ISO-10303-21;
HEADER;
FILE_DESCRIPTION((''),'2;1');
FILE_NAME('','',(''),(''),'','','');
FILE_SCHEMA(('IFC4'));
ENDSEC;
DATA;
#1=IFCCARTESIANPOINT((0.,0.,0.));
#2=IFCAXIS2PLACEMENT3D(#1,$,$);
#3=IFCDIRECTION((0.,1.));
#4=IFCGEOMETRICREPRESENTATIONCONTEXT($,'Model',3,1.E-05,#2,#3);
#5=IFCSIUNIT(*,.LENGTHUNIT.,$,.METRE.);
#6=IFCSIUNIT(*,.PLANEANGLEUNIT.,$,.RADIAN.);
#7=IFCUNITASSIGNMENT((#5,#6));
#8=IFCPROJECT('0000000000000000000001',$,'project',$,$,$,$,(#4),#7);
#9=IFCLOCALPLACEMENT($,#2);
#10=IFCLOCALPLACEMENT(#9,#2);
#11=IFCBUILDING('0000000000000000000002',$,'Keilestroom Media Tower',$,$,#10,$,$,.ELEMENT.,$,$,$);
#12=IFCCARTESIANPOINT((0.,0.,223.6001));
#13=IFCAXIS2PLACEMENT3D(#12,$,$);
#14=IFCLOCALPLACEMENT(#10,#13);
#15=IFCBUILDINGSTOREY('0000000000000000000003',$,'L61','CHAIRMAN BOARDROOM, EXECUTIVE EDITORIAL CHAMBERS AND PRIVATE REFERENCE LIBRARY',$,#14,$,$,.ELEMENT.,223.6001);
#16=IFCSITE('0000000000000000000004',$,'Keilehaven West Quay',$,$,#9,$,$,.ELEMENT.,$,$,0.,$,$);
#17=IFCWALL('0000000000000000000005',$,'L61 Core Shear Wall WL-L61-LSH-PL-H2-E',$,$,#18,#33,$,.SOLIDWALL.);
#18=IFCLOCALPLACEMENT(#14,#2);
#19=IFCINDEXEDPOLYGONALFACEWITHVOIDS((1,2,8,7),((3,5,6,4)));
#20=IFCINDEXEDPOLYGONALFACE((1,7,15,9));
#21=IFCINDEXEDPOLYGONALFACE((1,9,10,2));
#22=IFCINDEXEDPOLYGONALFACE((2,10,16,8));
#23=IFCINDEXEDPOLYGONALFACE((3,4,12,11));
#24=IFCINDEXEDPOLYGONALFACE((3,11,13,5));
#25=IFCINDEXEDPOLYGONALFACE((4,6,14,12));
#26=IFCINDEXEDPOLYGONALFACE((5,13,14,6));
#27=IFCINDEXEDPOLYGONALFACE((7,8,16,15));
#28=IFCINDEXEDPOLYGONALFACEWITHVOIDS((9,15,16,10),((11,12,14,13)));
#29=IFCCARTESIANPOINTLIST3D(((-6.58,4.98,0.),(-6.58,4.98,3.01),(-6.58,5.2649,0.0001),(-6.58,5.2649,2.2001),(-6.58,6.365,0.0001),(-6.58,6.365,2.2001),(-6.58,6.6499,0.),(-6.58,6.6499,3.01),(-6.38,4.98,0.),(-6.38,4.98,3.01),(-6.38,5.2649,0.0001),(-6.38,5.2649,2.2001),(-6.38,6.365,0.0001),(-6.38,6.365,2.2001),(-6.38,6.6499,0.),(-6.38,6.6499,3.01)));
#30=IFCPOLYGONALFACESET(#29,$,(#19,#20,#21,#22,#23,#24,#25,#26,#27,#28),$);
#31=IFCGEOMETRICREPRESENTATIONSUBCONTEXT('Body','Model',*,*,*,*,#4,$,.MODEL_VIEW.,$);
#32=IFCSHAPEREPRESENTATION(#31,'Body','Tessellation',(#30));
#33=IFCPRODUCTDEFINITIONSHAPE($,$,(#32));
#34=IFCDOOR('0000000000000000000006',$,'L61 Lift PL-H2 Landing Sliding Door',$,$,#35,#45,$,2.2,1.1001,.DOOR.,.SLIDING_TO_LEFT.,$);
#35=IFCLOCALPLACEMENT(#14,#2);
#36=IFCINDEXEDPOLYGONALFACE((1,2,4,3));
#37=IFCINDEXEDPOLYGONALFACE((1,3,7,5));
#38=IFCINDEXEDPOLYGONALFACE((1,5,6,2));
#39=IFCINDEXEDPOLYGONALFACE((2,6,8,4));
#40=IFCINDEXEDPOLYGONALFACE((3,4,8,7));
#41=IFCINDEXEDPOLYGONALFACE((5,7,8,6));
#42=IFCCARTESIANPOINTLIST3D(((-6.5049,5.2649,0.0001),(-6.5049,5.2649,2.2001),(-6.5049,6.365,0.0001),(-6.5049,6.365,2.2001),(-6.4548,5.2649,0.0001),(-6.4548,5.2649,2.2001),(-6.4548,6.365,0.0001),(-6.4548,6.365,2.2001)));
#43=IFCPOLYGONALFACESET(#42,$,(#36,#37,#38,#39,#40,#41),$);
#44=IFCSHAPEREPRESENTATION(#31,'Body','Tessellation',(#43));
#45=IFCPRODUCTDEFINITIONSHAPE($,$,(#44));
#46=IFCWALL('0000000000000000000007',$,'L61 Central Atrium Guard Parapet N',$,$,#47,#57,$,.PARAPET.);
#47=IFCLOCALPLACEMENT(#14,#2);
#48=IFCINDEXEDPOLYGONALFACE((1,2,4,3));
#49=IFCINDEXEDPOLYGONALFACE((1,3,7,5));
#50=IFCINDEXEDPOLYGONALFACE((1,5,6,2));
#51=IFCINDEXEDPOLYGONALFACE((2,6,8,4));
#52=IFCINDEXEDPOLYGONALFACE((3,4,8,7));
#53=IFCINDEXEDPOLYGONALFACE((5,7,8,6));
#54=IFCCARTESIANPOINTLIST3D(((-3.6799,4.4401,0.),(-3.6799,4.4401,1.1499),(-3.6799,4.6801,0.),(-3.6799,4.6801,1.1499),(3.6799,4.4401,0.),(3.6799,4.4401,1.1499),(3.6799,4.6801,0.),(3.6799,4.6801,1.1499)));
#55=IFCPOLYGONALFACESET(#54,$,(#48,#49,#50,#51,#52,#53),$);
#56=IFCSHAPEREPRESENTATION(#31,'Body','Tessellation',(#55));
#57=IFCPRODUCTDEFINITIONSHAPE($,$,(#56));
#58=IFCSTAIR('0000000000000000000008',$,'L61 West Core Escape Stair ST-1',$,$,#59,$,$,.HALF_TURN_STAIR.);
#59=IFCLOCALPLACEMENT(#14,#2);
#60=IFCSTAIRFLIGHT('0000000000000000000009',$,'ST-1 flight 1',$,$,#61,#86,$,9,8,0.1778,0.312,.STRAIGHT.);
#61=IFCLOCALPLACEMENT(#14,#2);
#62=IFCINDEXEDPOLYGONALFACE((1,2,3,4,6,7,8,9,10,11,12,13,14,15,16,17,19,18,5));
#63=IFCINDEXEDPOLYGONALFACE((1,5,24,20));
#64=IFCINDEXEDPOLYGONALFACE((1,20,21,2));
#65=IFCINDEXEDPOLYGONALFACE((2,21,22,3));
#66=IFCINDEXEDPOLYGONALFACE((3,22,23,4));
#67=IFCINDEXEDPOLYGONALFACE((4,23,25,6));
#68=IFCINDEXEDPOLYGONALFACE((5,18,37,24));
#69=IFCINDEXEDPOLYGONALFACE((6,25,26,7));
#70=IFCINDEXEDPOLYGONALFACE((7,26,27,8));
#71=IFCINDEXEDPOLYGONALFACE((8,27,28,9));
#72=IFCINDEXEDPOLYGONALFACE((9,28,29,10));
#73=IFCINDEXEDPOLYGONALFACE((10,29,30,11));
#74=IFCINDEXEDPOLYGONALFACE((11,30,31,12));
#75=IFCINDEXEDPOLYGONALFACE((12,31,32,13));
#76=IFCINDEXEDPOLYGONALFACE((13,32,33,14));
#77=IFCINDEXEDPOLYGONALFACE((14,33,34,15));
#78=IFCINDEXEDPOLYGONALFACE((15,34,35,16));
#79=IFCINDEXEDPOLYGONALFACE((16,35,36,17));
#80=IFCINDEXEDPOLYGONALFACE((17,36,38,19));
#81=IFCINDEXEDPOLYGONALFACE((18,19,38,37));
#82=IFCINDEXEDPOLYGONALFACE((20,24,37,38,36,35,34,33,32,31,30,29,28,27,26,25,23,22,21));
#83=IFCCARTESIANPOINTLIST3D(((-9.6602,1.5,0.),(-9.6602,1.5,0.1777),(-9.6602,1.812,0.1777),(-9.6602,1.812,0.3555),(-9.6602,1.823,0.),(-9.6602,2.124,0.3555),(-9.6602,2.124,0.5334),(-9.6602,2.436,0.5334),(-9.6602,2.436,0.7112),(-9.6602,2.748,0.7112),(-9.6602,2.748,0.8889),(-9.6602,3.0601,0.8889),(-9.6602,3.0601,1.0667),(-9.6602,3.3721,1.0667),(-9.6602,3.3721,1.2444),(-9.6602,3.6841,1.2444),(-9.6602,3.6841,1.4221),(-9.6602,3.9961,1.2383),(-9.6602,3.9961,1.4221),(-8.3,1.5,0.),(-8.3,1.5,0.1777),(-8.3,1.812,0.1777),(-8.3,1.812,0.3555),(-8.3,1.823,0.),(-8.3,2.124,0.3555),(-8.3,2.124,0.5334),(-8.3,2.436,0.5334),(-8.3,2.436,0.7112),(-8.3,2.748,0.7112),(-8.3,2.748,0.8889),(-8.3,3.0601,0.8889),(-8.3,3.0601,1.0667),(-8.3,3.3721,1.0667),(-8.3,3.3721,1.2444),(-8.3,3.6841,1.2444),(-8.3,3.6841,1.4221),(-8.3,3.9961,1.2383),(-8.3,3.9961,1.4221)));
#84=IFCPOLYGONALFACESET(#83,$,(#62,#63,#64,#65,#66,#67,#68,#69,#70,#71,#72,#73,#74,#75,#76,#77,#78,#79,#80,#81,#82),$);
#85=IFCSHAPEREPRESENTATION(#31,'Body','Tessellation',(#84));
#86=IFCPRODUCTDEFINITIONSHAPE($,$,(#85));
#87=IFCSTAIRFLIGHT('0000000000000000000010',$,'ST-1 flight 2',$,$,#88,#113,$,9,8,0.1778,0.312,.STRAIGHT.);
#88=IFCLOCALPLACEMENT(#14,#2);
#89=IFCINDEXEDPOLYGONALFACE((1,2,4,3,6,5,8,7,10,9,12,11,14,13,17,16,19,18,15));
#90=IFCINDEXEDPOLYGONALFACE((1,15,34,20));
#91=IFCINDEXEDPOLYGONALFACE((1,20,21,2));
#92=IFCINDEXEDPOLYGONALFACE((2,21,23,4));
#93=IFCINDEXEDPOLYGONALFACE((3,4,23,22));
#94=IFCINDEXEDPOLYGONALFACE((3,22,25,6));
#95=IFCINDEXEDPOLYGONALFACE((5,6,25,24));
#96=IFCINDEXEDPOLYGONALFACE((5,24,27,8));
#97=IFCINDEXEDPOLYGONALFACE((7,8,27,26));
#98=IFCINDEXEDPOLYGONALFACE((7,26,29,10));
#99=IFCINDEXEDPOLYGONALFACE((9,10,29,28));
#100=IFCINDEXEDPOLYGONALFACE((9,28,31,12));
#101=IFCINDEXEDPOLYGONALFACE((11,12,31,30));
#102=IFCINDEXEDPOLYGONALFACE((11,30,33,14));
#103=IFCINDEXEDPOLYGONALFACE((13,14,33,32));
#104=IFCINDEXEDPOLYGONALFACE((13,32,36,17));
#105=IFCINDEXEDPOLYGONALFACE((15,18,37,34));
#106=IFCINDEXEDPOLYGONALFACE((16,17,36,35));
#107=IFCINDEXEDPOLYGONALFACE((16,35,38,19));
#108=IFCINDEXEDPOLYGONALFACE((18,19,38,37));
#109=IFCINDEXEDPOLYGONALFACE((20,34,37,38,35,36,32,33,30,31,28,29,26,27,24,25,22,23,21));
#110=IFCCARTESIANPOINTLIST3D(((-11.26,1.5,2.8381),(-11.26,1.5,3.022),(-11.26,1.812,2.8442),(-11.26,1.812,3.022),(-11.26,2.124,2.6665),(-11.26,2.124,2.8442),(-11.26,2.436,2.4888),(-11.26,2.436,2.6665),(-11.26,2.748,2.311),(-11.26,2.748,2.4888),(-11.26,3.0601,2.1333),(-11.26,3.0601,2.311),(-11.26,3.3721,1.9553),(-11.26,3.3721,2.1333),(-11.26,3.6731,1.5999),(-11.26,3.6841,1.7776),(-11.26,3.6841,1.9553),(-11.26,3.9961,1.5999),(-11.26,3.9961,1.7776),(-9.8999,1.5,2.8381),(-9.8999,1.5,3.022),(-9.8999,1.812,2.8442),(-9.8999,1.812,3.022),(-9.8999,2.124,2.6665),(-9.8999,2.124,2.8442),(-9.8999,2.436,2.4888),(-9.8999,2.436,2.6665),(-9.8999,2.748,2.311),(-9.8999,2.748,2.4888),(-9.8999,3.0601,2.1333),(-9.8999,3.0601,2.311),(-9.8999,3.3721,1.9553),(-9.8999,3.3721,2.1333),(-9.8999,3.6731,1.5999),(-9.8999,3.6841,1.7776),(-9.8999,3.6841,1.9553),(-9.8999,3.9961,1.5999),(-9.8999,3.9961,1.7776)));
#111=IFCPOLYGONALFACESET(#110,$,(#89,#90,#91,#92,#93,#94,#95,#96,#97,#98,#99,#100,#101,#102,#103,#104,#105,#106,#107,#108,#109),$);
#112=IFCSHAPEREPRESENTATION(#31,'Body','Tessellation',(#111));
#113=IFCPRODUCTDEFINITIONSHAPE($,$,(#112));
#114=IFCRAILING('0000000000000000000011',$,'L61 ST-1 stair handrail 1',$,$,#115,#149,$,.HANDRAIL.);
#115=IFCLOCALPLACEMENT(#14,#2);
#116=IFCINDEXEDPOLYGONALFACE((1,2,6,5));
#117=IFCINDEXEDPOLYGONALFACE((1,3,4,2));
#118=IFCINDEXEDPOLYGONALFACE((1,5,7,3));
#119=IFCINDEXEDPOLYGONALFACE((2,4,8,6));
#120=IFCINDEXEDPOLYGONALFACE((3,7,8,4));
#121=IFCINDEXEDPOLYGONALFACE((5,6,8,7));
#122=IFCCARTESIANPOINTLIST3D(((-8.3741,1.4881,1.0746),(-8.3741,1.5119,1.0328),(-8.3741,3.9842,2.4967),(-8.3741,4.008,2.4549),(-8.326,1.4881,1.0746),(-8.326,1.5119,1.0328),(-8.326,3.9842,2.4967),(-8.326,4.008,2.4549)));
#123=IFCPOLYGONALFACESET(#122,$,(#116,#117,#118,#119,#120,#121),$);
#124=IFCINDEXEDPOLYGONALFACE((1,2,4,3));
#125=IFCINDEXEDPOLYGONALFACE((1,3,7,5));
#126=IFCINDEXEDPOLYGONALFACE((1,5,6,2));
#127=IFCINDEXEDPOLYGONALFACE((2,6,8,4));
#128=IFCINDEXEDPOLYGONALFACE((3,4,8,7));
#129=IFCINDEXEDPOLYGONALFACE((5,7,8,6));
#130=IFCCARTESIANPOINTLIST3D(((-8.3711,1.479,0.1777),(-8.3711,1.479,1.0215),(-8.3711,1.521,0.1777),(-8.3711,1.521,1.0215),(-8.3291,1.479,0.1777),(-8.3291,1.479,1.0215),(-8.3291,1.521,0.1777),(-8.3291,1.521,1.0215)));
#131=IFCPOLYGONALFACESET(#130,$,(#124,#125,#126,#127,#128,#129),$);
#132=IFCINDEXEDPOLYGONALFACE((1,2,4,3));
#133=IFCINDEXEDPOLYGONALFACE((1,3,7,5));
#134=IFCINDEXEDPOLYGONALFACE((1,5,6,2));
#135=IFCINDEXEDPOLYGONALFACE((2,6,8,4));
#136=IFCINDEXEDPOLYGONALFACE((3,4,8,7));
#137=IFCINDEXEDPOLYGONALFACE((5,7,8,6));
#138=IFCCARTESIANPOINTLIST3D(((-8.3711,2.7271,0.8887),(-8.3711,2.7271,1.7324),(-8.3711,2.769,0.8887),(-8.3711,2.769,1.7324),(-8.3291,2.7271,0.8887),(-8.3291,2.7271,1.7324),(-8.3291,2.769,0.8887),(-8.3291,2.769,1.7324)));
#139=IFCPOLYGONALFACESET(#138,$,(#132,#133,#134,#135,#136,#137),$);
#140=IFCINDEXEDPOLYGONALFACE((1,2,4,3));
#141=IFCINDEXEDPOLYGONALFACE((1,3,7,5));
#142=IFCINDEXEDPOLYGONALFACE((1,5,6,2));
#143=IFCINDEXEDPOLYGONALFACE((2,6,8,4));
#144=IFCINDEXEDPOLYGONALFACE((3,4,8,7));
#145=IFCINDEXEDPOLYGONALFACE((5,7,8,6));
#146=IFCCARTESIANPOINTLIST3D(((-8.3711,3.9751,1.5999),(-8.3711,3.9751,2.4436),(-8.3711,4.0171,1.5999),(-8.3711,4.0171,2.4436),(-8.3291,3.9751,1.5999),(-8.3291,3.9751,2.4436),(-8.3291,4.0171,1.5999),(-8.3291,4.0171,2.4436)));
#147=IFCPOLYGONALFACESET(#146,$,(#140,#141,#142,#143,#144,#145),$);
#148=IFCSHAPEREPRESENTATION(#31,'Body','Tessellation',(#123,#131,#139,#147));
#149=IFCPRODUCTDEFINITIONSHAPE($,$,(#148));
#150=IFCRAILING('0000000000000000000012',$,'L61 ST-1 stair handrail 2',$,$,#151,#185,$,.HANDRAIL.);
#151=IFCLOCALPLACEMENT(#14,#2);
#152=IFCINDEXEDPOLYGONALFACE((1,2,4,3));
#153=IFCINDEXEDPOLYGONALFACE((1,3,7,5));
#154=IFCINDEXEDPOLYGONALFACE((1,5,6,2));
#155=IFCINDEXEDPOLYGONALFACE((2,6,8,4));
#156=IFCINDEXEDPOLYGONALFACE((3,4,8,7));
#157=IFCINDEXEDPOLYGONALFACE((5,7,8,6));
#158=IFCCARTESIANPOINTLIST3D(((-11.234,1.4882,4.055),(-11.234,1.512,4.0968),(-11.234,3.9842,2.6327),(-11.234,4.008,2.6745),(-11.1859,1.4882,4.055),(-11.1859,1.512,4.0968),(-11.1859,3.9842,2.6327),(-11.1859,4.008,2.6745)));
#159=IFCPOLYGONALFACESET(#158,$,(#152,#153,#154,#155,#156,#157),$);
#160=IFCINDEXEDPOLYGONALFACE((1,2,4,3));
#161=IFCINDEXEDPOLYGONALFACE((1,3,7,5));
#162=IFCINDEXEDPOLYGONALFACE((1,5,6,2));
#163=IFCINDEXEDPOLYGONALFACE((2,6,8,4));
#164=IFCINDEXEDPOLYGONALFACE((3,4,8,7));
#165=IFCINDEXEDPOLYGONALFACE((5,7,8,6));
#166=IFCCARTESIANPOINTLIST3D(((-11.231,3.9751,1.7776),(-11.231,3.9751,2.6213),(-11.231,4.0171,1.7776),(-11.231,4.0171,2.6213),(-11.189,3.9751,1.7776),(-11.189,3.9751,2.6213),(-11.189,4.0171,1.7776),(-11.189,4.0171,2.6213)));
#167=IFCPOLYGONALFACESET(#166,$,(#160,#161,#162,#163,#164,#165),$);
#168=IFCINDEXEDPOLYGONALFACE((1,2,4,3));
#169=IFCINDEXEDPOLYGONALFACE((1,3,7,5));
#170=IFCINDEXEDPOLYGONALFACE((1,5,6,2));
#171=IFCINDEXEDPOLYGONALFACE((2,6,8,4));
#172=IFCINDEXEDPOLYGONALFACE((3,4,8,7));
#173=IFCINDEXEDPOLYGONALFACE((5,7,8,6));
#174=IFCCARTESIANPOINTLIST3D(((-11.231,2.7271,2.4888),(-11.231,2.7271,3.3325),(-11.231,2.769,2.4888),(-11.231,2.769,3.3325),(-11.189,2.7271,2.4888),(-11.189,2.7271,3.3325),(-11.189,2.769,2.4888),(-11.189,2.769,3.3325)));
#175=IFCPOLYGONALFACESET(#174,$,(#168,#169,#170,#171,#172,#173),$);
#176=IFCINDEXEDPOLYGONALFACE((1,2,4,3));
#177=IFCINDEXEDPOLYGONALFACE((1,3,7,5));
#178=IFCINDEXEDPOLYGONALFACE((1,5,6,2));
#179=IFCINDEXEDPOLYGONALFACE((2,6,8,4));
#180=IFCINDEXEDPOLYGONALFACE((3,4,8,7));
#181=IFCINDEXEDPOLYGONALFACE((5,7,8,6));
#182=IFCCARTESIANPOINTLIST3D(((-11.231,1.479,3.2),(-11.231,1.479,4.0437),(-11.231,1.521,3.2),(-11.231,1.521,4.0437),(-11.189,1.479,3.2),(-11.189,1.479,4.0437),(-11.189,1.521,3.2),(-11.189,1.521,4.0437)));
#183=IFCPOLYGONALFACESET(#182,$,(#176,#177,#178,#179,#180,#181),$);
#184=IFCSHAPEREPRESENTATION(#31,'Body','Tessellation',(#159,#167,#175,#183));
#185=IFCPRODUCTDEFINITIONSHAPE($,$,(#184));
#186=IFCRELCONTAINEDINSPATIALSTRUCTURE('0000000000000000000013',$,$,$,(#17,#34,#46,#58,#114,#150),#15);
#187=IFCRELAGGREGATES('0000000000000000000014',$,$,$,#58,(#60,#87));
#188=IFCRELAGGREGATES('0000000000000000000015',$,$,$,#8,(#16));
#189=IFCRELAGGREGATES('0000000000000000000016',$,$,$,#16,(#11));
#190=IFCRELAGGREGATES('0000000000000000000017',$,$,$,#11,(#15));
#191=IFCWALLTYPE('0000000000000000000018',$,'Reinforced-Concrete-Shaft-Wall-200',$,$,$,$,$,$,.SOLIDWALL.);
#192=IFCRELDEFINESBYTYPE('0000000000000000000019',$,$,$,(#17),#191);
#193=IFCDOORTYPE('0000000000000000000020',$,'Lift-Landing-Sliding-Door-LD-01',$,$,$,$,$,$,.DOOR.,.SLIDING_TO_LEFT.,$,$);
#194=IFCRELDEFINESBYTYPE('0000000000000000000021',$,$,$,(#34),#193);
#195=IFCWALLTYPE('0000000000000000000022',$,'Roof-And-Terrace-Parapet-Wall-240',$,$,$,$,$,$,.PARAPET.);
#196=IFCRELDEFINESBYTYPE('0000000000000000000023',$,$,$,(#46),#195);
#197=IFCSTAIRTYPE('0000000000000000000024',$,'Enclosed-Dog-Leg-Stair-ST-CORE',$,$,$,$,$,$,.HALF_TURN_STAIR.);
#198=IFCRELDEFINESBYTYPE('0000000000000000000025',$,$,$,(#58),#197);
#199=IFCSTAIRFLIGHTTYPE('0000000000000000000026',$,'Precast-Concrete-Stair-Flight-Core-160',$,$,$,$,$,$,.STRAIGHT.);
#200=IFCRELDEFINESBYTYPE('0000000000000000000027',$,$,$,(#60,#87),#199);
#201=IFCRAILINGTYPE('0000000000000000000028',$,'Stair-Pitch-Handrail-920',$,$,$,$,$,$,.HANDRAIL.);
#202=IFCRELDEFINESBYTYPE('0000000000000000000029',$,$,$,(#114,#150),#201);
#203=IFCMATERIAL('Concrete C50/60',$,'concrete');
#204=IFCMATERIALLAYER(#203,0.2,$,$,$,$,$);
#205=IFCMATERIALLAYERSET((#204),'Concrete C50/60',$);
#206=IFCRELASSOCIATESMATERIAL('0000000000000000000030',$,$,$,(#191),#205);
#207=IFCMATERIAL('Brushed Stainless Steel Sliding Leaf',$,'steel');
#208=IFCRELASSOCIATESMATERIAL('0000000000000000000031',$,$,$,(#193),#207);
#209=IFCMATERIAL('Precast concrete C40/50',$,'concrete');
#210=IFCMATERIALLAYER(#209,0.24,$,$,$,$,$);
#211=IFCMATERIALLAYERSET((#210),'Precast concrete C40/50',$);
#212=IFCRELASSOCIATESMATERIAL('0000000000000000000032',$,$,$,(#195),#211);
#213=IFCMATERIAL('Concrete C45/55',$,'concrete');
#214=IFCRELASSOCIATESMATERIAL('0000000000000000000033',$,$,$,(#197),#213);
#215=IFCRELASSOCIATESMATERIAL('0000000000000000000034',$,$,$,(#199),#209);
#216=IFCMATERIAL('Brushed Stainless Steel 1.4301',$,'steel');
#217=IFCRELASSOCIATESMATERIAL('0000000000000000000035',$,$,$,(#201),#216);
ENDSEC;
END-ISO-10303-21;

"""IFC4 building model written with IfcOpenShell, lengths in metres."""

from ifc_helpers import new_model, si_unit, direction, frame, frame_2d, origin, origin_2d, place, context, subcontext, project, spatial, polyline, rectangle, outline, extrude, source, transform, mapped, material, layer, layer_set, type_object, element, fill, aggregate, save


model = new_model("IFC4")

# Units and contexts
model_context = context("Model", 3, precision=1e-05, world=origin(), true_north=direction((0.0, 1.0)))
body_context = subcontext(model_context, "Body", "Model", "MODEL_VIEW")
ifc_project = project(units=[si_unit("LENGTHUNIT", "METRE"), si_unit("PLANEANGLEUNIT", "RADIAN")], contexts=[model_context])

# Site, building, storey
site_placement = place(None, origin())
site = spatial("IfcSite", under=ifc_project, at=site_placement, Name="Keilehaven West Quay", CompositionType="ELEMENT", RefElevation=0.0)
building_placement = place(site_placement, origin())
building = spatial("IfcBuilding", under=site, at=building_placement, Name="Keilestroom Media Tower", CompositionType="ELEMENT")
storey_placement = place(building_placement, frame((0.0, 0.0, 223.6001)))
storey = spatial("IfcBuildingStorey", under=building, at=storey_placement, Name="L61", Description="CHAIRMAN BOARDROOM, EXECUTIVE EDITORIAL CHAMBERS AND PRIVATE REFERENCE LIBRARY", CompositionType="ELEMENT", Elevation=223.6001)

# Shared definitions
ifc_material_1 = material(Name="Concrete C50/60", Category="concrete")
ifc_layer_1 = layer(ifc_material_1, 0.2)
ifc_layer_set_1 = layer_set([ifc_layer_1], Name="Concrete C50/60")
wall_type_1 = type_object("IfcWallType", Name="Reinforced-Concrete-Shaft-Wall-200", PredefinedType="SOLIDWALL", material=ifc_layer_set_1)

# Shared definitions
ifc_material_2 = material(Name="Brushed Stainless Steel Sliding Leaf", Category="steel")
door_type = type_object("IfcDoorType", Name="Lift-Landing-Sliding-Door-LD-01", OperationType="SLIDING_TO_LEFT", PredefinedType="DOOR", material=ifc_material_2)
shared_shape_1 = source(origin(), body_context, "Body", "SweptSolid", [
    extrude(rectangle(XDim=1.1001, YDim=2.2, at=frame_2d((0.55, 1.1001))), frame((0.0, 0.0249, 0.0), z_axis=(0.0, -1.0, 0.0), x_axis=(1.0, 0.0, 0.0)), (0.0, 0.0, 1.0), 0.05),
])

# Wall, opening, door
wall_1_placement = place(storey_placement, frame((-6.48, 4.98, 0.0), z_axis=(0.0, 0.0, 1.0), x_axis=(0.0, 1.0, 0.0)))
wall_1 = element("IfcWall", 1, at=wall_1_placement, inside=storey, type_object=wall_type_1, Name="L61 Core Shear Wall WL-L61-LSH-PL-H2-E", PredefinedType="SOLIDWALL", context=body_context, shape_type="SweptSolid", body=[
    extrude(rectangle(XDim=1.6699, YDim=0.2, at=frame_2d((0.835, 0.0))), origin(), (0.0, 0.0, 1.0), 3.01),
])
opening_1_placement = place(wall_1_placement, frame((0.2849, 0.0, 0.0)))
opening_1 = element("IfcOpeningElement", 2, at=opening_1_placement, cuts=wall_1, PredefinedType="OPENING", context=body_context, shape_type="SweptSolid", body=[
    extrude(rectangle(XDim=1.1001, YDim=2.2, at=frame_2d((0.55, 1.1001))), frame((0.0, 0.1099, 0.0), z_axis=(0.0, -1.0, 0.0), x_axis=(1.0, 0.0, 0.0)), (0.0, 0.0, 1.0), 0.22),
])
door_1_placement = place(opening_1_placement, origin())
door_1 = element("IfcDoor", 3, at=door_1_placement, inside=storey, type_object=door_type, Name="L61 Lift PL-H2 Landing Sliding Door", OperationType="SLIDING_TO_LEFT", OverallHeight=2.2, OverallWidth=1.1001, PredefinedType="DOOR", context=body_context, shape_type="MappedRepresentation", body=[
    mapped(shared_shape_1, transform((0.0, 0.0, 0.0), x_axis=(1.0, 0.0, 0.0), y_axis=(0.0, 1.0, 0.0), z_axis=(0.0, 0.0, 1.0), scale=1.0)),
])
fill(opening_1, door_1)

# Wall
ifc_material_3 = material(Name="Precast concrete C40/50", Category="concrete")
ifc_layer_2 = layer(ifc_material_3, 0.24)
ifc_layer_set_2 = layer_set([ifc_layer_2], Name="Precast concrete C40/50")
wall_type_2 = type_object("IfcWallType", Name="Roof-And-Terrace-Parapet-Wall-240", PredefinedType="PARAPET", material=ifc_layer_set_2)
wall_2_placement = place(storey_placement, frame((-3.6799, 4.5601, 0.0), z_axis=(0.0, 0.0, 1.0), x_axis=(1.0, 0.0, 0.0)))
element("IfcWall", 4, at=wall_2_placement, inside=storey, type_object=wall_type_2, Name="L61 Central Atrium Guard Parapet N", PredefinedType="PARAPET", context=body_context, shape_type="SweptSolid", body=[
    extrude(rectangle(XDim=7.3599, YDim=0.24, at=frame_2d((3.6799, 0.0))), origin(), (0.0, 0.0, 1.0), 1.1499),
])

# Stair, stair flights
ifc_material_4 = material(Name="Concrete C45/55", Category="concrete")
stair_type = type_object("IfcStairType", Name="Enclosed-Dog-Leg-Stair-ST-CORE", PredefinedType="HALF_TURN_STAIR", material=ifc_material_4)
stair_placement = place(storey_placement, origin())
stair = element("IfcStair", 5, at=stair_placement, inside=storey, type_object=stair_type, Name="L61 West Core Escape Stair ST-1", PredefinedType="HALF_TURN_STAIR")
stair_flight_type = type_object("IfcStairFlightType", Name="Precast-Concrete-Stair-Flight-Core-160", PredefinedType="STRAIGHT", material=ifc_material_3)
stair_flight_1_placement = place(storey_placement, frame((-8.98, 1.5, 0.0), z_axis=(0.0, 0.0, 1.0), x_axis=(0.0, 1.0, 0.0)))
stair_flight_1 = element("IfcStairFlight", 6, at=stair_flight_1_placement, type_object=stair_flight_type, Name="ST-1 flight 1", NumberOfRisers=9, NumberOfTreads=8, PredefinedType="STRAIGHT", RiserHeight=0.1778, TreadLength=0.312, context=body_context, shape_type="SweptSolid", body=[
    extrude(outline(polyline([(0.0, 0.0), (0.0, 0.1777), (0.312, 0.1777), (0.312, 0.3555), (0.624, 0.3555), (0.624, 0.5334), (0.936, 0.5334), (0.936, 0.7112), (1.248, 0.7112), (1.248, 0.8889), (1.5601, 0.8889), (1.5601, 1.0667), (1.8721, 1.0667), (1.8721, 1.2444), (2.1841, 1.2444), (2.1841, 1.4221), (2.4961, 1.4221), (2.4961, 1.6001), (2.4961, 1.2383), (0.323, 0.0), (0.0, 0.0)])), frame((0.0, 0.6802, 0.0), z_axis=(0.0, -1.0, 0.0), x_axis=(1.0, 0.0, 0.0)), (0.0, 0.0, 1.0), 1.3601),
])
stair_flight_2_placement = place(storey_placement, frame((-10.5801, 3.9961, 1.5999), z_axis=(0.0, 0.0, 1.0), x_axis=(0.0, -1.0, 0.0)))
stair_flight_2 = element("IfcStairFlight", 7, at=stair_flight_2_placement, type_object=stair_flight_type, Name="ST-1 flight 2", NumberOfRisers=9, NumberOfTreads=8, PredefinedType="STRAIGHT", RiserHeight=0.1778, TreadLength=0.312, context=body_context, shape_type="SweptSolid", body=[
    extrude(outline(polyline([(0.0, 0.0), (0.0, 0.1777), (0.312, 0.1777), (0.312, 0.3555), (0.624, 0.3555), (0.624, 0.5334), (0.936, 0.5334), (0.936, 0.7112), (1.248, 0.7112), (1.248, 0.8889), (1.5601, 0.8889), (1.5601, 1.0667), (1.8721, 1.0667), (1.8721, 1.2444), (2.1841, 1.2444), (2.1841, 1.4221), (2.4961, 1.4221), (2.4961, 1.6001), (2.4961, 1.2383), (0.323, 0.0), (0.0, 0.0)])), frame((0.0, 0.6802, 0.0), z_axis=(0.0, -1.0, 0.0), x_axis=(1.0, 0.0, 0.0)), (0.0, 0.0, 1.0), 1.3601),
])
aggregate(stair, [stair_flight_1, stair_flight_2])

# Railings
ifc_material_5 = material(Name="Brushed Stainless Steel 1.4301", Category="steel")
railing_type_1 = type_object("IfcRailingType", Name="Stair-Pitch-Handrail-920", PredefinedType="HANDRAIL", material=ifc_material_5)
railing_1_placement = place(storey_placement, frame((-8.3501, 1.5, 0.1777)))
element("IfcRailing", 8, at=railing_1_placement, inside=storey, type_object=railing_type_1, Name="L61 ST-1 stair handrail 1", PredefinedType="HANDRAIL", context=body_context, shape_type="SweptSolid", body=[
    extrude(rectangle(XDim=0.0481, YDim=0.0481, at=origin_2d()), frame((0.0, 0.0, 0.876), z_axis=(0.0, 0.868875, 0.495031), x_axis=(-1.0, 0.0, 0.0)), (0.0, 0.0, 1.0), 2.8728),
    extrude(rectangle(XDim=0.042, YDim=0.042, at=origin_2d()), origin(), (0.0, 0.0, 1.0), 0.8438),
    extrude(rectangle(XDim=0.042, YDim=0.042, at=origin_2d()), frame((0.0, 1.248, 0.7109)), (0.0, 0.0, 1.0), 0.8438),
    extrude(rectangle(XDim=0.042, YDim=0.042, at=origin_2d()), frame((0.0, 2.4961, 1.4221)), (0.0, 0.0, 1.0), 0.8438),
])
railing_2_placement = place(storey_placement, frame((-11.21, 3.9961, 1.7776)))
element("IfcRailing", 9, at=railing_2_placement, inside=storey, type_object=railing_type_1, Name="L61 ST-1 stair handrail 2", PredefinedType="HANDRAIL", context=body_context, shape_type="SweptSolid", body=[
    extrude(rectangle(XDim=0.0481, YDim=0.0481, at=origin_2d()), frame((0.0, 0.0, 0.876), z_axis=(0.0, -0.868839, 0.495095), x_axis=(1.0, 0.0, 0.0)), (0.0, 0.0, 1.0), 2.8728),
    extrude(rectangle(XDim=0.042, YDim=0.042, at=origin_2d()), origin(), (0.0, 0.0, 1.0), 0.8438),
    extrude(rectangle(XDim=0.042, YDim=0.042, at=origin_2d()), frame((0.0, -1.248, 0.7112)), (0.0, 0.0, 1.0), 0.8438),
    extrude(rectangle(XDim=0.042, YDim=0.042, at=origin_2d()), frame((0.0, -2.4961, 1.4224)), (0.0, 0.0, 1.0), 0.8438),
])

save(model, "model.ifc")
